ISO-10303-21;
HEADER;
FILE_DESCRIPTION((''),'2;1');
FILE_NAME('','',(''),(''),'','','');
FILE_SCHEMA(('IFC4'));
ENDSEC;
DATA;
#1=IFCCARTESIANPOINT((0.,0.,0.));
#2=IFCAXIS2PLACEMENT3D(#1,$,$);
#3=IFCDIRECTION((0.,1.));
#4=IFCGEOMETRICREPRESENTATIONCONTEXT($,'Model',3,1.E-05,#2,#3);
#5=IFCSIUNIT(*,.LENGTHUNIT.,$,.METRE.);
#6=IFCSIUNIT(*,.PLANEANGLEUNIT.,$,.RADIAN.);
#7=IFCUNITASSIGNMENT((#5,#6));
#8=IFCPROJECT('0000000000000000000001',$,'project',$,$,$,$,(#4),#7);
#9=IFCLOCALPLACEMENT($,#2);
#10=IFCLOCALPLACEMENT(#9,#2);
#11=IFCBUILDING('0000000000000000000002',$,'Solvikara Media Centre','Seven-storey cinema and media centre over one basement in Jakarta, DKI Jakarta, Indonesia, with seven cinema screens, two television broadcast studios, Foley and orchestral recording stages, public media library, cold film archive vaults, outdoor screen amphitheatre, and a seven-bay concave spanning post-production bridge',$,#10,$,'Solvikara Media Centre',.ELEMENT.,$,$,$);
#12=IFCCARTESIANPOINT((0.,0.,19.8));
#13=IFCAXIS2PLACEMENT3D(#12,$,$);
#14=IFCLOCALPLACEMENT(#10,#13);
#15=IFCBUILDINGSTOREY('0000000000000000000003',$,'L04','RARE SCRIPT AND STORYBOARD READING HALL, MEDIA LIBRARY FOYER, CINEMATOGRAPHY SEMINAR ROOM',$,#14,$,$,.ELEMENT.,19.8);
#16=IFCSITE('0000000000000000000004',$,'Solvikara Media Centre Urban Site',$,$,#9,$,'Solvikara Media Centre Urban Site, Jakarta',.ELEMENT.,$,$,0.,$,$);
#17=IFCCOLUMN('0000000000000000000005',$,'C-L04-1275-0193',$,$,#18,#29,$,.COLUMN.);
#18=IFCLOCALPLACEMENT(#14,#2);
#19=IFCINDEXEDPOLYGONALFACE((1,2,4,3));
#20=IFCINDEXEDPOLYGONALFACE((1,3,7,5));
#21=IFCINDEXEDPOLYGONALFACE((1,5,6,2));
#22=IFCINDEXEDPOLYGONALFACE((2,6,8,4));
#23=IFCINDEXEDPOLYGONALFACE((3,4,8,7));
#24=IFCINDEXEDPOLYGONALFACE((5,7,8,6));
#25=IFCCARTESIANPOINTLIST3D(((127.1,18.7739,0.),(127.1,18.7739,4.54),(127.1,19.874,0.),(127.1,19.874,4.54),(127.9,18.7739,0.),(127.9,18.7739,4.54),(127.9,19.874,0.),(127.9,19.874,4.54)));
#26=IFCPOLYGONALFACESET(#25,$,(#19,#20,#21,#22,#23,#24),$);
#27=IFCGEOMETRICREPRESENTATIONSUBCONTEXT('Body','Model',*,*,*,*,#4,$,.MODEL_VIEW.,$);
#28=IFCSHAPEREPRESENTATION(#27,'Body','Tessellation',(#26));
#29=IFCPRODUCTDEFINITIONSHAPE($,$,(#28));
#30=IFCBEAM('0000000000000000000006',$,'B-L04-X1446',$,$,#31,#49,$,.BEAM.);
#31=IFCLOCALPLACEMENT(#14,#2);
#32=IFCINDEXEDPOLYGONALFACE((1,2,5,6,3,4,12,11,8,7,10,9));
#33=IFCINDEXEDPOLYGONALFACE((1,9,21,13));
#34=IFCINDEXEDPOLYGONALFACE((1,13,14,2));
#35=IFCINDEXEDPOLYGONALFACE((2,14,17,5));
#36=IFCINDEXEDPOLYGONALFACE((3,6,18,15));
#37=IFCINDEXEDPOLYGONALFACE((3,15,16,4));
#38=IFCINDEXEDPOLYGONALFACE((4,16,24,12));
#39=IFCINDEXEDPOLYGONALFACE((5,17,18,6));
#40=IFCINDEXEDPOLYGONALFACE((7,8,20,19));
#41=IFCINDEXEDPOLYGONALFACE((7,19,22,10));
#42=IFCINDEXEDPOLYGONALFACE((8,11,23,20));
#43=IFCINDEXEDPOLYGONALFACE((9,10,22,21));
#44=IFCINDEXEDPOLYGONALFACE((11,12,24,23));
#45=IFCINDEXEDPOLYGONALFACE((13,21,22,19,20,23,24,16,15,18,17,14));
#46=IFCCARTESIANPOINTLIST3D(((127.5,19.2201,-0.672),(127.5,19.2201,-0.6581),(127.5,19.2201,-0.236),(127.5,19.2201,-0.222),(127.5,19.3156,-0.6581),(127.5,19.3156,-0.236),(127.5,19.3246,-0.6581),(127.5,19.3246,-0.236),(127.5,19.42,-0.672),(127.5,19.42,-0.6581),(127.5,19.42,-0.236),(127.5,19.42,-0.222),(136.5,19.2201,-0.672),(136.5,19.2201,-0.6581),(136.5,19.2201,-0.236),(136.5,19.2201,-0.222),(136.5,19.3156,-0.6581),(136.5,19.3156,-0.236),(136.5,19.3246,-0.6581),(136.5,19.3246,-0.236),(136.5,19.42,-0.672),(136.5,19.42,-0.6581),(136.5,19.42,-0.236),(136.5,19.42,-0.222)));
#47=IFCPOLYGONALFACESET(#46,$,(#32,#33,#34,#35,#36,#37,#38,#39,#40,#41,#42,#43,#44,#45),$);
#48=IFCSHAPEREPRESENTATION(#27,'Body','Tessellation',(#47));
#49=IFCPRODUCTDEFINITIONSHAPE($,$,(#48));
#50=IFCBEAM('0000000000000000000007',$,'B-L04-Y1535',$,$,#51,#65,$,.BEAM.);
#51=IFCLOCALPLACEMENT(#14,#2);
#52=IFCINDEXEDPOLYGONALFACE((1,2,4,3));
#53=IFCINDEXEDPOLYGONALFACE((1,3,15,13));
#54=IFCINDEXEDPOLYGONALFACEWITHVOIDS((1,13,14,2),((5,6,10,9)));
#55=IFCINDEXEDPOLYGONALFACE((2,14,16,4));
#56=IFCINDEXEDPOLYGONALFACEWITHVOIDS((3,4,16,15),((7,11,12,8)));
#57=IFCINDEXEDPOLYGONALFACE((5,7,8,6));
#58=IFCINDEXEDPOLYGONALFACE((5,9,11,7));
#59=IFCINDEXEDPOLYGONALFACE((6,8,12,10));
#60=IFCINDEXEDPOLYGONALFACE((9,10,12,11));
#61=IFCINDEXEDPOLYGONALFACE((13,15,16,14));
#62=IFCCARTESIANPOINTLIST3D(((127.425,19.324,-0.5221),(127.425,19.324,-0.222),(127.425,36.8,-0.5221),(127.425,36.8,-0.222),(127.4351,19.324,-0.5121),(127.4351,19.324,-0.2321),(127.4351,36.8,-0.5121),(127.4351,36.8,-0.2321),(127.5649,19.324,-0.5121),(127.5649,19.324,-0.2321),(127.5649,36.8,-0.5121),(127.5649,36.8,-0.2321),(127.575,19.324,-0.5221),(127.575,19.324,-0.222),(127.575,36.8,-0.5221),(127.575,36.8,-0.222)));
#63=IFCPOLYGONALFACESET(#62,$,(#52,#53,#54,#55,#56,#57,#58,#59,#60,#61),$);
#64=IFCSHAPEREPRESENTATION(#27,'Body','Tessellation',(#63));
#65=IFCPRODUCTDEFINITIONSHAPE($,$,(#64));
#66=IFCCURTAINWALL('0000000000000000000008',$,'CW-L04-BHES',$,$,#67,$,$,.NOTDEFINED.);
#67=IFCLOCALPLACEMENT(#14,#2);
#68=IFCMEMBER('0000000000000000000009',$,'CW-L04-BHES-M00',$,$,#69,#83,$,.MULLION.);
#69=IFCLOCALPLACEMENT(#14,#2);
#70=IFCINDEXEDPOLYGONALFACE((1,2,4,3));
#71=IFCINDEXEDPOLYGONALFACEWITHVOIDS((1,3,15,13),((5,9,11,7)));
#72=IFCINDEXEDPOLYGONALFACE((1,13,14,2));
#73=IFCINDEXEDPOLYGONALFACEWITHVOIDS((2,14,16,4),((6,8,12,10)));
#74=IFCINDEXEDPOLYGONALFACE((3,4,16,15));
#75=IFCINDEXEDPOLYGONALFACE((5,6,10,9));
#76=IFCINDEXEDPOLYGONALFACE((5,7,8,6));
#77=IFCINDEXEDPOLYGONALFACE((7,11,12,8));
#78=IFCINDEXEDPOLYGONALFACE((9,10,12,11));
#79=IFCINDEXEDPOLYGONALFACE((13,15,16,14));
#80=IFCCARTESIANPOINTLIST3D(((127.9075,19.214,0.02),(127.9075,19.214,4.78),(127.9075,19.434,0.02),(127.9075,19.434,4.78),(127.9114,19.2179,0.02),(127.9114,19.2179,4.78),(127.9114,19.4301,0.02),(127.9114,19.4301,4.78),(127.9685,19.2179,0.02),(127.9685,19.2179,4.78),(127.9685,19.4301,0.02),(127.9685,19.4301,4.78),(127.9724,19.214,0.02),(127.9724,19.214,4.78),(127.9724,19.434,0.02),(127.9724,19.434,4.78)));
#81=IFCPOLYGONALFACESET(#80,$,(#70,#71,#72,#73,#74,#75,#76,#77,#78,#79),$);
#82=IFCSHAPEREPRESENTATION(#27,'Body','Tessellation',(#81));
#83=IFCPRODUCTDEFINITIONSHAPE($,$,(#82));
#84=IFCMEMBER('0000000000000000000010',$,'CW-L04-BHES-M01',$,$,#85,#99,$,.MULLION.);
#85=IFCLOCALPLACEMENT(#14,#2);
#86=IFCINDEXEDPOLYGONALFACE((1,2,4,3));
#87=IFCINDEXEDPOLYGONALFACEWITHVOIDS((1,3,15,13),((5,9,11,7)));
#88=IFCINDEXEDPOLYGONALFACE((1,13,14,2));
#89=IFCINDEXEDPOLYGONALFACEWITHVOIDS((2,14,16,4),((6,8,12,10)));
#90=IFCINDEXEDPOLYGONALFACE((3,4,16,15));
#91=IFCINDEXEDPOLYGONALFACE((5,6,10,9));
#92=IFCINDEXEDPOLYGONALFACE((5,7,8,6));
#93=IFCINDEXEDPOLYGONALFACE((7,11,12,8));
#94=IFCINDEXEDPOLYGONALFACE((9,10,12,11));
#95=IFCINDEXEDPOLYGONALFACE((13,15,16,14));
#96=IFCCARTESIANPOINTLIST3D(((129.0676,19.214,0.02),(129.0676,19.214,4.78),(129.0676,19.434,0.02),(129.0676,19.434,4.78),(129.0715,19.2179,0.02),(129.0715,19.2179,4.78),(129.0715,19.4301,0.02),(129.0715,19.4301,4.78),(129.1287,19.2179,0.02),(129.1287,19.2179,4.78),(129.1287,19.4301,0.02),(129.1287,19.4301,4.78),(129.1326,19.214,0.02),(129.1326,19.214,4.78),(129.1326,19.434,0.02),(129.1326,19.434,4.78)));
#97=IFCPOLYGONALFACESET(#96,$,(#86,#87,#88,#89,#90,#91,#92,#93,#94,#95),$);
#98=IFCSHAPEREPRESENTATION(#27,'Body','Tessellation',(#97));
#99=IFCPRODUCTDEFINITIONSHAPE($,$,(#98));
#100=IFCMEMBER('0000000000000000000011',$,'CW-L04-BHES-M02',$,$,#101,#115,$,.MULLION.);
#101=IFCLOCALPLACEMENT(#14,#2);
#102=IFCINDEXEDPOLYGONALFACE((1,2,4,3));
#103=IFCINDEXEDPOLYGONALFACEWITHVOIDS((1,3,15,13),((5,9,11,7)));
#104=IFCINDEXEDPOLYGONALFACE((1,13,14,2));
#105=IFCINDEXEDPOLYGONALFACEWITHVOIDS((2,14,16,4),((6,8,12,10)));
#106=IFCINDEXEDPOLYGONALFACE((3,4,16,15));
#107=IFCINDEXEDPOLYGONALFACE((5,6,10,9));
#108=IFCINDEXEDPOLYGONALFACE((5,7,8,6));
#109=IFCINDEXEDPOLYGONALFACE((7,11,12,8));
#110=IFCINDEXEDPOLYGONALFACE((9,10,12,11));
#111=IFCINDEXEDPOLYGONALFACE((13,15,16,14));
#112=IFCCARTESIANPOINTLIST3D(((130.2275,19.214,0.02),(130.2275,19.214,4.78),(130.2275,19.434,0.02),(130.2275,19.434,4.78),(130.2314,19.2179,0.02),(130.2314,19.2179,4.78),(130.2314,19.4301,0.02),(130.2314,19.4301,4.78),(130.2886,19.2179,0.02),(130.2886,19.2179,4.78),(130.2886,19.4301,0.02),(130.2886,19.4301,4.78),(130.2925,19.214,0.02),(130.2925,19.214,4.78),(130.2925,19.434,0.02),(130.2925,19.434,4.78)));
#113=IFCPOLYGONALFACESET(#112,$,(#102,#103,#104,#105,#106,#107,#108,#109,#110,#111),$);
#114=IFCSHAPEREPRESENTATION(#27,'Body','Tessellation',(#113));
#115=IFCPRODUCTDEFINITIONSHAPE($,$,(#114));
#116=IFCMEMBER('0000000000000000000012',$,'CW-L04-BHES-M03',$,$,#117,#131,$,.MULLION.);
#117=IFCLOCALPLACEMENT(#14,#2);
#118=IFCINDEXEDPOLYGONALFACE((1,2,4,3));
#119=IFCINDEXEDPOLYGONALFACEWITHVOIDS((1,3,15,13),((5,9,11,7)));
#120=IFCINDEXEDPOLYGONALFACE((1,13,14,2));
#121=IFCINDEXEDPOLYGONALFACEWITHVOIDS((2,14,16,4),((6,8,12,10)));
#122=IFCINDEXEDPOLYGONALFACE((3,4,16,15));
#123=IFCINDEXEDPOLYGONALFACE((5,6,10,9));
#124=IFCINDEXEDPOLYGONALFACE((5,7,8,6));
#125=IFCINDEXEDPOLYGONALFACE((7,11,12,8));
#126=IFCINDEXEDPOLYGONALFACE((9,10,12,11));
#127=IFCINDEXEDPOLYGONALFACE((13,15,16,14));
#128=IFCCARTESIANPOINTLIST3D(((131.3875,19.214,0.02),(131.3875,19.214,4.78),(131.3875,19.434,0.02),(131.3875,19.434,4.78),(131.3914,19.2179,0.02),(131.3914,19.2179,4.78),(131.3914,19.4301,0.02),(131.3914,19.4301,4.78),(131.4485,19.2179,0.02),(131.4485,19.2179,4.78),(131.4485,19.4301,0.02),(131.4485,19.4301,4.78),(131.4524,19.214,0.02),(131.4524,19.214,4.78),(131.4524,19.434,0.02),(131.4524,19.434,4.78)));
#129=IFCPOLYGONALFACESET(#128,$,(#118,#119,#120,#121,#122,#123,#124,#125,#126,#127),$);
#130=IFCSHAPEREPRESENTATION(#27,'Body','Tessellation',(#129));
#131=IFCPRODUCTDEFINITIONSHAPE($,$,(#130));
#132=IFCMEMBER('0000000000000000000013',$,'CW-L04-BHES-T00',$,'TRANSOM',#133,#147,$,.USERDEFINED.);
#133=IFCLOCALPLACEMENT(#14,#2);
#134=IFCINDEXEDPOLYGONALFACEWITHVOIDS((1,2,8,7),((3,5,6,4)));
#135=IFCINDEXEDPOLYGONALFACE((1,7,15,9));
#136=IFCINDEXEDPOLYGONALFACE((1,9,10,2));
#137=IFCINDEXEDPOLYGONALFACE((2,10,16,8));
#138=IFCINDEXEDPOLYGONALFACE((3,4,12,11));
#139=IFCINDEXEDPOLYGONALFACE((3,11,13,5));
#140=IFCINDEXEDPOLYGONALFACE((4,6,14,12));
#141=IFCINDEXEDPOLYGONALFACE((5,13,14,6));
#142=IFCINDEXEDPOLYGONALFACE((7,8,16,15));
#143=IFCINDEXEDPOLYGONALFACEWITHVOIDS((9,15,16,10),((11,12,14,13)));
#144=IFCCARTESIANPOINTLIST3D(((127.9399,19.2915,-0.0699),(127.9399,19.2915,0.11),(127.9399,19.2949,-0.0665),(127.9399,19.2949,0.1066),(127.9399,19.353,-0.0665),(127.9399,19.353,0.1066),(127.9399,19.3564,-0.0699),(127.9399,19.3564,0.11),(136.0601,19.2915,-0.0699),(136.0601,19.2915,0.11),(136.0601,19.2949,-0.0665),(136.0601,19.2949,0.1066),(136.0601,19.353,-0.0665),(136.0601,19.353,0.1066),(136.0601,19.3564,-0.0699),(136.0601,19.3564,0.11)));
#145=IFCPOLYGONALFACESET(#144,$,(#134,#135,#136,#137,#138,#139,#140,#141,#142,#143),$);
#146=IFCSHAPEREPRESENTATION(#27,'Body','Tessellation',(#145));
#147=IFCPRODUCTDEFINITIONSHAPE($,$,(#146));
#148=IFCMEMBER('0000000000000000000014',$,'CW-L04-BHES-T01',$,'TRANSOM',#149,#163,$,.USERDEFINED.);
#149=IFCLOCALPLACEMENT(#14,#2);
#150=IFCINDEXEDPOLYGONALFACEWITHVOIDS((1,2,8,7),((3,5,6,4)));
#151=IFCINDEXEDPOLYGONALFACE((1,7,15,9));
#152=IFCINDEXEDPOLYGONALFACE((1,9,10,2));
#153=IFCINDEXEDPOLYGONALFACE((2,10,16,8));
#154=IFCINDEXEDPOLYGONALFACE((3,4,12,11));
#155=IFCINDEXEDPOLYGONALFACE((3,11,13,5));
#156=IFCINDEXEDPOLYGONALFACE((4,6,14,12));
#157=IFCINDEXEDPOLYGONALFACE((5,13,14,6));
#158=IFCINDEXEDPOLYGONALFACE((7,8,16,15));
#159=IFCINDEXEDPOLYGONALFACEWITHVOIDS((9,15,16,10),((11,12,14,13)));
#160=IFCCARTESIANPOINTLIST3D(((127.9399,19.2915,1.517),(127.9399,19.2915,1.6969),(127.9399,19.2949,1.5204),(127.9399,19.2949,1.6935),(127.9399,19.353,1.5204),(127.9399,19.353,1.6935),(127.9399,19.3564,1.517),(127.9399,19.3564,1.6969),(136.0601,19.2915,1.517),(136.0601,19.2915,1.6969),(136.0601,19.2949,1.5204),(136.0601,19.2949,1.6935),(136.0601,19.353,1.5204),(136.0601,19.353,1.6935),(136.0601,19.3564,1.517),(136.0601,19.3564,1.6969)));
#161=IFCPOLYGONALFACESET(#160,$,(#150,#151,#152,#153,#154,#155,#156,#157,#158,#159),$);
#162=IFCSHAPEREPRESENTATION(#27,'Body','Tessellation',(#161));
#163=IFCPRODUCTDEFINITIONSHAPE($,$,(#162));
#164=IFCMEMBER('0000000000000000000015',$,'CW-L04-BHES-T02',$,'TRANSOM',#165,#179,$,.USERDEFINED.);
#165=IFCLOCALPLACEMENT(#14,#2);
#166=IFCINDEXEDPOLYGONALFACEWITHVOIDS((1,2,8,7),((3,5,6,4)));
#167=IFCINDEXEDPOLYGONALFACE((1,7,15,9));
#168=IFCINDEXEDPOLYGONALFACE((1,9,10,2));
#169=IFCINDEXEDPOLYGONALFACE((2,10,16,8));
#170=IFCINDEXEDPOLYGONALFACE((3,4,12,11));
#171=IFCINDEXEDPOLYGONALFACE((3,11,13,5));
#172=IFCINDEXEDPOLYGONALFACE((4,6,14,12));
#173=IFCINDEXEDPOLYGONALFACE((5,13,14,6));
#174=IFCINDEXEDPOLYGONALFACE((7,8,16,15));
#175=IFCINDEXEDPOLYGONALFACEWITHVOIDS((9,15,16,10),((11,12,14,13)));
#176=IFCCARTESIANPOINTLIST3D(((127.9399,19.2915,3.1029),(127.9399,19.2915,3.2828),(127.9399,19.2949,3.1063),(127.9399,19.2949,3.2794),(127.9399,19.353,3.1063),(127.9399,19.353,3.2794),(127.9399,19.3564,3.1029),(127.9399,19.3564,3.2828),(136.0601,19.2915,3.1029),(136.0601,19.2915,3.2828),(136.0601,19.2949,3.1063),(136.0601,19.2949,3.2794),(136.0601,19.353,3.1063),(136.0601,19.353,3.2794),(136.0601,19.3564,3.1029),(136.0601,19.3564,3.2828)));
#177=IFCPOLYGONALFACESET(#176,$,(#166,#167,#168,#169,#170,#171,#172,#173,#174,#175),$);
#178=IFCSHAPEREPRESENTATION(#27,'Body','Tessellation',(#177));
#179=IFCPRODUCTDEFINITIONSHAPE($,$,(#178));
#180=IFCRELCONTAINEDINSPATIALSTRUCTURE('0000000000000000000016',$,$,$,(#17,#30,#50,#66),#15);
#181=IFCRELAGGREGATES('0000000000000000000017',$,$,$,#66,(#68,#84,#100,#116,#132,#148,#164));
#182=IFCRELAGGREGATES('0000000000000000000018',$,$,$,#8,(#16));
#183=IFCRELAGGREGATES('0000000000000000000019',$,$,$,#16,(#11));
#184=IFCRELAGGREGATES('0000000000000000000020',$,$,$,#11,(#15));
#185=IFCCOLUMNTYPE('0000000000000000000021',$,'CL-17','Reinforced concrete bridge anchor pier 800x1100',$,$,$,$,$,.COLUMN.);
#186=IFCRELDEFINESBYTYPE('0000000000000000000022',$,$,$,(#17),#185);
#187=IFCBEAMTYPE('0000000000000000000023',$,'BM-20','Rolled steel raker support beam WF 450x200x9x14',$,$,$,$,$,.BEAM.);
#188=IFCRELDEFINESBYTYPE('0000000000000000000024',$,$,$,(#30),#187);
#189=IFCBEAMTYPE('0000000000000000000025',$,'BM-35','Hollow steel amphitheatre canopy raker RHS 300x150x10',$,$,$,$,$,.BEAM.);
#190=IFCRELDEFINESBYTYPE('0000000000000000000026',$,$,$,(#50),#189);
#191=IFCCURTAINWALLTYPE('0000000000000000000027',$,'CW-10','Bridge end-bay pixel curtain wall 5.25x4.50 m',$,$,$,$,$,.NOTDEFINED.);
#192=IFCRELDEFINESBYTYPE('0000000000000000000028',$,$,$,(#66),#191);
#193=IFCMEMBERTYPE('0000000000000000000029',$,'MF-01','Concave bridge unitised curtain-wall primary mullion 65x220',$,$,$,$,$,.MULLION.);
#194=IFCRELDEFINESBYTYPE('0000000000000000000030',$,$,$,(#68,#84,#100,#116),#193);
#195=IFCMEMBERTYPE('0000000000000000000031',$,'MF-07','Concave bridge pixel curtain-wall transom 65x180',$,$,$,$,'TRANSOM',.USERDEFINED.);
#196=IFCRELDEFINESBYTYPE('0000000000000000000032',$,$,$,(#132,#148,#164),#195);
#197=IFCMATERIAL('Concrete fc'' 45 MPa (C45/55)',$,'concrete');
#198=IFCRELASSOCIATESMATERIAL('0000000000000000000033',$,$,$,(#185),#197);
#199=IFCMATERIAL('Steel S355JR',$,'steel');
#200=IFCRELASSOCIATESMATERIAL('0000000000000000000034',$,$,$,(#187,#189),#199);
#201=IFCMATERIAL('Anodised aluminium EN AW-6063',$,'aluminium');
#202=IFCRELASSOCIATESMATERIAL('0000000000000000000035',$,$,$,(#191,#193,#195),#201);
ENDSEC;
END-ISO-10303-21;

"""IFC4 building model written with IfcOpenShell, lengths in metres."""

from ifc_helpers import new_model, si_unit, direction, frame, origin, origin_2d, place, context, subcontext, project, spatial, rectangle, hollow_rectangle, i_section, extrude, material, material_profile, profile_set, type_object, element, aggregate, save


model = new_model("IFC4")

# Units and contexts
model_context = context("Model", 3, precision=1e-05, world=origin(), true_north=direction((0.0, 1.0)))
body_context = subcontext(model_context, "Body", "Model", "MODEL_VIEW")
ifc_project = project(units=[si_unit("LENGTHUNIT", "METRE"), si_unit("PLANEANGLEUNIT", "RADIAN")], contexts=[model_context])

# Site, building, storey
site_placement = place(None, origin())
site = spatial("IfcSite", under=ifc_project, at=site_placement, Name="Solvikara Media Centre Urban Site", LongName="Solvikara Media Centre Urban Site, Jakarta", CompositionType="ELEMENT", RefElevation=0.0)
building_placement = place(site_placement, origin())
building = spatial("IfcBuilding", under=site, at=building_placement, Name="Solvikara Media Centre", Description="Seven-storey cinema and media centre over one basement in Jakarta, DKI Jakarta, Indonesia, with seven cinema screens, two television broadcast studios, Foley and orchestral recording stages, public media library, cold film archive vaults, outdoor screen amphitheatre, and a seven-bay concave spanning post-production bridge", LongName="Solvikara Media Centre", CompositionType="ELEMENT")
storey_placement = place(building_placement, frame((0.0, 0.0, 19.8)))
storey = spatial("IfcBuildingStorey", under=building, at=storey_placement, Name="L04", Description="RARE SCRIPT AND STORYBOARD READING HALL, MEDIA LIBRARY FOYER, CINEMATOGRAPHY SEMINAR ROOM", CompositionType="ELEMENT", Elevation=19.8)

# Column
ifc_material_1 = material(Name="Concrete fc' 45 MPa (C45/55)", Category="concrete")
ifc_material_profile_1 = material_profile(ifc_material_1, rectangle(XDim=0.8, YDim=1.1001, at=origin_2d()), Name="RC 800x1100")
ifc_profile_set_1 = profile_set([ifc_material_profile_1], Name="Concrete fc' 45 MPa (C45/55)")
column_type = type_object("IfcColumnType", Name="CL-17", Description="Reinforced concrete bridge anchor pier 800x1100", PredefinedType="COLUMN", material=ifc_profile_set_1)
column_placement = place(storey_placement, frame((127.5, 19.324, 0.0), z_axis=(0.0, 0.0, 1.0), x_axis=(1.0, 0.0, 0.0)))
element("IfcColumn", 1, at=column_placement, inside=storey, type_object=column_type, Name="C-L04-1275-0193", PredefinedType="COLUMN", context=body_context, shape_type="SweptSolid", body=[
    extrude(rectangle(XDim=0.8, YDim=1.1001, at=origin_2d()), origin(), (0.0, 0.0, 1.0), 4.54),
])

# Beams
ifc_material_2 = material(Name="Steel S355JR", Category="steel")
ifc_material_profile_2 = material_profile(ifc_material_2, i_section(OverallWidth=0.2, OverallDepth=0.45, WebThickness=0.009, FlangeThickness=0.0139, at=origin_2d()), Name="WF 450x200x9x14")
ifc_profile_set_2 = profile_set([ifc_material_profile_2], Name="Steel S355JR")
beam_type_1 = type_object("IfcBeamType", Name="BM-20", Description="Rolled steel raker support beam WF 450x200x9x14", PredefinedType="BEAM", material=ifc_profile_set_2)
beam_1_placement = place(storey_placement, frame((127.5, 19.3201, -0.447), z_axis=(1.0, 0.0, 0.0), x_axis=(0.0, 1.0, 0.0)))
element("IfcBeam", 2, at=beam_1_placement, inside=storey, type_object=beam_type_1, Name="B-L04-X1446", PredefinedType="BEAM", context=body_context, shape_type="SweptSolid", body=[
    extrude(i_section(OverallWidth=0.2, OverallDepth=0.45, WebThickness=0.009, FlangeThickness=0.0139, at=origin_2d()), origin(), (0.0, 0.0, 1.0), 9.0),
])
ifc_material_profile_3 = material_profile(ifc_material_2, hollow_rectangle(XDim=0.1499, YDim=0.3, WallThickness=0.01, at=origin_2d()), Name="RHS 300x150x10")
ifc_profile_set_3 = profile_set([ifc_material_profile_3], Name="Steel S355JR")
beam_type_2 = type_object("IfcBeamType", Name="BM-35", Description="Hollow steel amphitheatre canopy raker RHS 300x150x10", PredefinedType="BEAM", material=ifc_profile_set_3)
beam_2_placement = place(storey_placement, frame((127.5, 19.324, -0.3721), z_axis=(0.0, 1.0, 0.0), x_axis=(-1.0, 0.0, 0.0)))
element("IfcBeam", 3, at=beam_2_placement, inside=storey, type_object=beam_type_2, Name="B-L04-Y1535", PredefinedType="BEAM", context=body_context, shape_type="SweptSolid", body=[
    extrude(hollow_rectangle(XDim=0.1499, YDim=0.3, WallThickness=0.01, at=origin_2d()), origin(), (0.0, 0.0, 1.0), 17.4761),
])

# Curtain wall, members
ifc_material_3 = material(Name="Anodised aluminium EN AW-6063", Category="aluminium")
curtain_wall_type = type_object("IfcCurtainWallType", Name="CW-10", Description="Bridge end-bay pixel curtain wall 5.25x4.50 m", PredefinedType="NOTDEFINED", material=ifc_material_3)
curtain_wall_placement = place(storey_placement, origin())
curtain_wall = element("IfcCurtainWall", 4, at=curtain_wall_placement, inside=storey, type_object=curtain_wall_type, Name="CW-L04-BHES", PredefinedType="NOTDEFINED")
ifc_material_profile_4 = material_profile(ifc_material_3, hollow_rectangle(XDim=0.0649, YDim=0.22, WallThickness=0.0039, at=origin_2d()), Name="ALU-M 65x220x4")
ifc_profile_set_4 = profile_set([ifc_material_profile_4], Name="Anodised aluminium EN AW-6063")
member_type_1 = type_object("IfcMemberType", Name="MF-01", Description="Concave bridge unitised curtain-wall primary mullion 65x220", PredefinedType="MULLION", material=ifc_profile_set_4)
member_1_placement = place(storey_placement, frame((127.9399, 19.324, 0.02), z_axis=(0.0, 0.0, 1.0), x_axis=(1.0, 0.0, 0.0)))
member_1 = element("IfcMember", 5, at=member_1_placement, type_object=member_type_1, Name="CW-L04-BHES-M00", PredefinedType="MULLION", context=body_context, shape_type="SweptSolid", body=[
    extrude(hollow_rectangle(XDim=0.0649, YDim=0.22, WallThickness=0.0039, at=origin_2d()), origin(), (0.0, 0.0, 1.0), 4.76),
])
member_2_placement = place(storey_placement, frame((129.1001, 19.324, 0.02), z_axis=(0.0, 0.0, 1.0), x_axis=(1.0, 0.0, 0.0)))
member_2 = element("IfcMember", 6, at=member_2_placement, type_object=member_type_1, Name="CW-L04-BHES-M01", PredefinedType="MULLION", context=body_context, shape_type="SweptSolid", body=[
    extrude(hollow_rectangle(XDim=0.0649, YDim=0.22, WallThickness=0.0039, at=origin_2d()), origin(), (0.0, 0.0, 1.0), 4.76),
])
member_3_placement = place(storey_placement, frame((130.26, 19.324, 0.02), z_axis=(0.0, 0.0, 1.0), x_axis=(1.0, 0.0, 0.0)))
member_3 = element("IfcMember", 7, at=member_3_placement, type_object=member_type_1, Name="CW-L04-BHES-M02", PredefinedType="MULLION", context=body_context, shape_type="SweptSolid", body=[
    extrude(hollow_rectangle(XDim=0.0649, YDim=0.22, WallThickness=0.0039, at=origin_2d()), origin(), (0.0, 0.0, 1.0), 4.76),
])
member_4_placement = place(storey_placement, frame((131.4199, 19.324, 0.02), z_axis=(0.0, 0.0, 1.0), x_axis=(1.0, 0.0, 0.0)))
member_4 = element("IfcMember", 8, at=member_4_placement, type_object=member_type_1, Name="CW-L04-BHES-M03", PredefinedType="MULLION", context=body_context, shape_type="SweptSolid", body=[
    extrude(hollow_rectangle(XDim=0.0649, YDim=0.22, WallThickness=0.0039, at=origin_2d()), origin(), (0.0, 0.0, 1.0), 4.76),
])
ifc_material_profile_5 = material_profile(ifc_material_3, hollow_rectangle(XDim=0.0649, YDim=0.1799, WallThickness=0.0034, at=origin_2d()), Name="ALU-T 65x180x3.5")
ifc_profile_set_5 = profile_set([ifc_material_profile_5], Name="Anodised aluminium EN AW-6063")
member_type_2 = type_object("IfcMemberType", Name="MF-07", Description="Concave bridge pixel curtain-wall transom 65x180", ElementType="TRANSOM", PredefinedType="USERDEFINED", material=ifc_profile_set_5)
member_5_placement = place(storey_placement, frame((127.9399, 19.324, 0.02), z_axis=(1.0, 0.0, 0.0), x_axis=(0.0, 1.0, 0.0)))
member_5 = element("IfcMember", 9, at=member_5_placement, type_object=member_type_2, Name="CW-L04-BHES-T00", ObjectType="TRANSOM", PredefinedType="USERDEFINED", context=body_context, shape_type="SweptSolid", body=[
    extrude(hollow_rectangle(XDim=0.0649, YDim=0.1799, WallThickness=0.0034, at=origin_2d()), origin(), (0.0, 0.0, 1.0), 8.1201),
])
member_6_placement = place(storey_placement, frame((127.9399, 19.324, 1.6069), z_axis=(1.0, 0.0, 0.0), x_axis=(0.0, 1.0, 0.0)))
member_6 = element("IfcMember", 10, at=member_6_placement, type_object=member_type_2, Name="CW-L04-BHES-T01", ObjectType="TRANSOM", PredefinedType="USERDEFINED", context=body_context, shape_type="SweptSolid", body=[
    extrude(hollow_rectangle(XDim=0.0649, YDim=0.1799, WallThickness=0.0034, at=origin_2d()), origin(), (0.0, 0.0, 1.0), 8.1201),
])
member_7_placement = place(storey_placement, frame((127.9399, 19.324, 3.1929), z_axis=(1.0, 0.0, 0.0), x_axis=(0.0, 1.0, 0.0)))
member_7 = element("IfcMember", 11, at=member_7_placement, type_object=member_type_2, Name="CW-L04-BHES-T02", ObjectType="TRANSOM", PredefinedType="USERDEFINED", context=body_context, shape_type="SweptSolid", body=[
    extrude(hollow_rectangle(XDim=0.0649, YDim=0.1799, WallThickness=0.0034, at=origin_2d()), origin(), (0.0, 0.0, 1.0), 8.1201),
])
aggregate(curtain_wall, [member_1, member_2, member_3, member_4, member_5, member_6, member_7])

save(model, "model.ifc")
